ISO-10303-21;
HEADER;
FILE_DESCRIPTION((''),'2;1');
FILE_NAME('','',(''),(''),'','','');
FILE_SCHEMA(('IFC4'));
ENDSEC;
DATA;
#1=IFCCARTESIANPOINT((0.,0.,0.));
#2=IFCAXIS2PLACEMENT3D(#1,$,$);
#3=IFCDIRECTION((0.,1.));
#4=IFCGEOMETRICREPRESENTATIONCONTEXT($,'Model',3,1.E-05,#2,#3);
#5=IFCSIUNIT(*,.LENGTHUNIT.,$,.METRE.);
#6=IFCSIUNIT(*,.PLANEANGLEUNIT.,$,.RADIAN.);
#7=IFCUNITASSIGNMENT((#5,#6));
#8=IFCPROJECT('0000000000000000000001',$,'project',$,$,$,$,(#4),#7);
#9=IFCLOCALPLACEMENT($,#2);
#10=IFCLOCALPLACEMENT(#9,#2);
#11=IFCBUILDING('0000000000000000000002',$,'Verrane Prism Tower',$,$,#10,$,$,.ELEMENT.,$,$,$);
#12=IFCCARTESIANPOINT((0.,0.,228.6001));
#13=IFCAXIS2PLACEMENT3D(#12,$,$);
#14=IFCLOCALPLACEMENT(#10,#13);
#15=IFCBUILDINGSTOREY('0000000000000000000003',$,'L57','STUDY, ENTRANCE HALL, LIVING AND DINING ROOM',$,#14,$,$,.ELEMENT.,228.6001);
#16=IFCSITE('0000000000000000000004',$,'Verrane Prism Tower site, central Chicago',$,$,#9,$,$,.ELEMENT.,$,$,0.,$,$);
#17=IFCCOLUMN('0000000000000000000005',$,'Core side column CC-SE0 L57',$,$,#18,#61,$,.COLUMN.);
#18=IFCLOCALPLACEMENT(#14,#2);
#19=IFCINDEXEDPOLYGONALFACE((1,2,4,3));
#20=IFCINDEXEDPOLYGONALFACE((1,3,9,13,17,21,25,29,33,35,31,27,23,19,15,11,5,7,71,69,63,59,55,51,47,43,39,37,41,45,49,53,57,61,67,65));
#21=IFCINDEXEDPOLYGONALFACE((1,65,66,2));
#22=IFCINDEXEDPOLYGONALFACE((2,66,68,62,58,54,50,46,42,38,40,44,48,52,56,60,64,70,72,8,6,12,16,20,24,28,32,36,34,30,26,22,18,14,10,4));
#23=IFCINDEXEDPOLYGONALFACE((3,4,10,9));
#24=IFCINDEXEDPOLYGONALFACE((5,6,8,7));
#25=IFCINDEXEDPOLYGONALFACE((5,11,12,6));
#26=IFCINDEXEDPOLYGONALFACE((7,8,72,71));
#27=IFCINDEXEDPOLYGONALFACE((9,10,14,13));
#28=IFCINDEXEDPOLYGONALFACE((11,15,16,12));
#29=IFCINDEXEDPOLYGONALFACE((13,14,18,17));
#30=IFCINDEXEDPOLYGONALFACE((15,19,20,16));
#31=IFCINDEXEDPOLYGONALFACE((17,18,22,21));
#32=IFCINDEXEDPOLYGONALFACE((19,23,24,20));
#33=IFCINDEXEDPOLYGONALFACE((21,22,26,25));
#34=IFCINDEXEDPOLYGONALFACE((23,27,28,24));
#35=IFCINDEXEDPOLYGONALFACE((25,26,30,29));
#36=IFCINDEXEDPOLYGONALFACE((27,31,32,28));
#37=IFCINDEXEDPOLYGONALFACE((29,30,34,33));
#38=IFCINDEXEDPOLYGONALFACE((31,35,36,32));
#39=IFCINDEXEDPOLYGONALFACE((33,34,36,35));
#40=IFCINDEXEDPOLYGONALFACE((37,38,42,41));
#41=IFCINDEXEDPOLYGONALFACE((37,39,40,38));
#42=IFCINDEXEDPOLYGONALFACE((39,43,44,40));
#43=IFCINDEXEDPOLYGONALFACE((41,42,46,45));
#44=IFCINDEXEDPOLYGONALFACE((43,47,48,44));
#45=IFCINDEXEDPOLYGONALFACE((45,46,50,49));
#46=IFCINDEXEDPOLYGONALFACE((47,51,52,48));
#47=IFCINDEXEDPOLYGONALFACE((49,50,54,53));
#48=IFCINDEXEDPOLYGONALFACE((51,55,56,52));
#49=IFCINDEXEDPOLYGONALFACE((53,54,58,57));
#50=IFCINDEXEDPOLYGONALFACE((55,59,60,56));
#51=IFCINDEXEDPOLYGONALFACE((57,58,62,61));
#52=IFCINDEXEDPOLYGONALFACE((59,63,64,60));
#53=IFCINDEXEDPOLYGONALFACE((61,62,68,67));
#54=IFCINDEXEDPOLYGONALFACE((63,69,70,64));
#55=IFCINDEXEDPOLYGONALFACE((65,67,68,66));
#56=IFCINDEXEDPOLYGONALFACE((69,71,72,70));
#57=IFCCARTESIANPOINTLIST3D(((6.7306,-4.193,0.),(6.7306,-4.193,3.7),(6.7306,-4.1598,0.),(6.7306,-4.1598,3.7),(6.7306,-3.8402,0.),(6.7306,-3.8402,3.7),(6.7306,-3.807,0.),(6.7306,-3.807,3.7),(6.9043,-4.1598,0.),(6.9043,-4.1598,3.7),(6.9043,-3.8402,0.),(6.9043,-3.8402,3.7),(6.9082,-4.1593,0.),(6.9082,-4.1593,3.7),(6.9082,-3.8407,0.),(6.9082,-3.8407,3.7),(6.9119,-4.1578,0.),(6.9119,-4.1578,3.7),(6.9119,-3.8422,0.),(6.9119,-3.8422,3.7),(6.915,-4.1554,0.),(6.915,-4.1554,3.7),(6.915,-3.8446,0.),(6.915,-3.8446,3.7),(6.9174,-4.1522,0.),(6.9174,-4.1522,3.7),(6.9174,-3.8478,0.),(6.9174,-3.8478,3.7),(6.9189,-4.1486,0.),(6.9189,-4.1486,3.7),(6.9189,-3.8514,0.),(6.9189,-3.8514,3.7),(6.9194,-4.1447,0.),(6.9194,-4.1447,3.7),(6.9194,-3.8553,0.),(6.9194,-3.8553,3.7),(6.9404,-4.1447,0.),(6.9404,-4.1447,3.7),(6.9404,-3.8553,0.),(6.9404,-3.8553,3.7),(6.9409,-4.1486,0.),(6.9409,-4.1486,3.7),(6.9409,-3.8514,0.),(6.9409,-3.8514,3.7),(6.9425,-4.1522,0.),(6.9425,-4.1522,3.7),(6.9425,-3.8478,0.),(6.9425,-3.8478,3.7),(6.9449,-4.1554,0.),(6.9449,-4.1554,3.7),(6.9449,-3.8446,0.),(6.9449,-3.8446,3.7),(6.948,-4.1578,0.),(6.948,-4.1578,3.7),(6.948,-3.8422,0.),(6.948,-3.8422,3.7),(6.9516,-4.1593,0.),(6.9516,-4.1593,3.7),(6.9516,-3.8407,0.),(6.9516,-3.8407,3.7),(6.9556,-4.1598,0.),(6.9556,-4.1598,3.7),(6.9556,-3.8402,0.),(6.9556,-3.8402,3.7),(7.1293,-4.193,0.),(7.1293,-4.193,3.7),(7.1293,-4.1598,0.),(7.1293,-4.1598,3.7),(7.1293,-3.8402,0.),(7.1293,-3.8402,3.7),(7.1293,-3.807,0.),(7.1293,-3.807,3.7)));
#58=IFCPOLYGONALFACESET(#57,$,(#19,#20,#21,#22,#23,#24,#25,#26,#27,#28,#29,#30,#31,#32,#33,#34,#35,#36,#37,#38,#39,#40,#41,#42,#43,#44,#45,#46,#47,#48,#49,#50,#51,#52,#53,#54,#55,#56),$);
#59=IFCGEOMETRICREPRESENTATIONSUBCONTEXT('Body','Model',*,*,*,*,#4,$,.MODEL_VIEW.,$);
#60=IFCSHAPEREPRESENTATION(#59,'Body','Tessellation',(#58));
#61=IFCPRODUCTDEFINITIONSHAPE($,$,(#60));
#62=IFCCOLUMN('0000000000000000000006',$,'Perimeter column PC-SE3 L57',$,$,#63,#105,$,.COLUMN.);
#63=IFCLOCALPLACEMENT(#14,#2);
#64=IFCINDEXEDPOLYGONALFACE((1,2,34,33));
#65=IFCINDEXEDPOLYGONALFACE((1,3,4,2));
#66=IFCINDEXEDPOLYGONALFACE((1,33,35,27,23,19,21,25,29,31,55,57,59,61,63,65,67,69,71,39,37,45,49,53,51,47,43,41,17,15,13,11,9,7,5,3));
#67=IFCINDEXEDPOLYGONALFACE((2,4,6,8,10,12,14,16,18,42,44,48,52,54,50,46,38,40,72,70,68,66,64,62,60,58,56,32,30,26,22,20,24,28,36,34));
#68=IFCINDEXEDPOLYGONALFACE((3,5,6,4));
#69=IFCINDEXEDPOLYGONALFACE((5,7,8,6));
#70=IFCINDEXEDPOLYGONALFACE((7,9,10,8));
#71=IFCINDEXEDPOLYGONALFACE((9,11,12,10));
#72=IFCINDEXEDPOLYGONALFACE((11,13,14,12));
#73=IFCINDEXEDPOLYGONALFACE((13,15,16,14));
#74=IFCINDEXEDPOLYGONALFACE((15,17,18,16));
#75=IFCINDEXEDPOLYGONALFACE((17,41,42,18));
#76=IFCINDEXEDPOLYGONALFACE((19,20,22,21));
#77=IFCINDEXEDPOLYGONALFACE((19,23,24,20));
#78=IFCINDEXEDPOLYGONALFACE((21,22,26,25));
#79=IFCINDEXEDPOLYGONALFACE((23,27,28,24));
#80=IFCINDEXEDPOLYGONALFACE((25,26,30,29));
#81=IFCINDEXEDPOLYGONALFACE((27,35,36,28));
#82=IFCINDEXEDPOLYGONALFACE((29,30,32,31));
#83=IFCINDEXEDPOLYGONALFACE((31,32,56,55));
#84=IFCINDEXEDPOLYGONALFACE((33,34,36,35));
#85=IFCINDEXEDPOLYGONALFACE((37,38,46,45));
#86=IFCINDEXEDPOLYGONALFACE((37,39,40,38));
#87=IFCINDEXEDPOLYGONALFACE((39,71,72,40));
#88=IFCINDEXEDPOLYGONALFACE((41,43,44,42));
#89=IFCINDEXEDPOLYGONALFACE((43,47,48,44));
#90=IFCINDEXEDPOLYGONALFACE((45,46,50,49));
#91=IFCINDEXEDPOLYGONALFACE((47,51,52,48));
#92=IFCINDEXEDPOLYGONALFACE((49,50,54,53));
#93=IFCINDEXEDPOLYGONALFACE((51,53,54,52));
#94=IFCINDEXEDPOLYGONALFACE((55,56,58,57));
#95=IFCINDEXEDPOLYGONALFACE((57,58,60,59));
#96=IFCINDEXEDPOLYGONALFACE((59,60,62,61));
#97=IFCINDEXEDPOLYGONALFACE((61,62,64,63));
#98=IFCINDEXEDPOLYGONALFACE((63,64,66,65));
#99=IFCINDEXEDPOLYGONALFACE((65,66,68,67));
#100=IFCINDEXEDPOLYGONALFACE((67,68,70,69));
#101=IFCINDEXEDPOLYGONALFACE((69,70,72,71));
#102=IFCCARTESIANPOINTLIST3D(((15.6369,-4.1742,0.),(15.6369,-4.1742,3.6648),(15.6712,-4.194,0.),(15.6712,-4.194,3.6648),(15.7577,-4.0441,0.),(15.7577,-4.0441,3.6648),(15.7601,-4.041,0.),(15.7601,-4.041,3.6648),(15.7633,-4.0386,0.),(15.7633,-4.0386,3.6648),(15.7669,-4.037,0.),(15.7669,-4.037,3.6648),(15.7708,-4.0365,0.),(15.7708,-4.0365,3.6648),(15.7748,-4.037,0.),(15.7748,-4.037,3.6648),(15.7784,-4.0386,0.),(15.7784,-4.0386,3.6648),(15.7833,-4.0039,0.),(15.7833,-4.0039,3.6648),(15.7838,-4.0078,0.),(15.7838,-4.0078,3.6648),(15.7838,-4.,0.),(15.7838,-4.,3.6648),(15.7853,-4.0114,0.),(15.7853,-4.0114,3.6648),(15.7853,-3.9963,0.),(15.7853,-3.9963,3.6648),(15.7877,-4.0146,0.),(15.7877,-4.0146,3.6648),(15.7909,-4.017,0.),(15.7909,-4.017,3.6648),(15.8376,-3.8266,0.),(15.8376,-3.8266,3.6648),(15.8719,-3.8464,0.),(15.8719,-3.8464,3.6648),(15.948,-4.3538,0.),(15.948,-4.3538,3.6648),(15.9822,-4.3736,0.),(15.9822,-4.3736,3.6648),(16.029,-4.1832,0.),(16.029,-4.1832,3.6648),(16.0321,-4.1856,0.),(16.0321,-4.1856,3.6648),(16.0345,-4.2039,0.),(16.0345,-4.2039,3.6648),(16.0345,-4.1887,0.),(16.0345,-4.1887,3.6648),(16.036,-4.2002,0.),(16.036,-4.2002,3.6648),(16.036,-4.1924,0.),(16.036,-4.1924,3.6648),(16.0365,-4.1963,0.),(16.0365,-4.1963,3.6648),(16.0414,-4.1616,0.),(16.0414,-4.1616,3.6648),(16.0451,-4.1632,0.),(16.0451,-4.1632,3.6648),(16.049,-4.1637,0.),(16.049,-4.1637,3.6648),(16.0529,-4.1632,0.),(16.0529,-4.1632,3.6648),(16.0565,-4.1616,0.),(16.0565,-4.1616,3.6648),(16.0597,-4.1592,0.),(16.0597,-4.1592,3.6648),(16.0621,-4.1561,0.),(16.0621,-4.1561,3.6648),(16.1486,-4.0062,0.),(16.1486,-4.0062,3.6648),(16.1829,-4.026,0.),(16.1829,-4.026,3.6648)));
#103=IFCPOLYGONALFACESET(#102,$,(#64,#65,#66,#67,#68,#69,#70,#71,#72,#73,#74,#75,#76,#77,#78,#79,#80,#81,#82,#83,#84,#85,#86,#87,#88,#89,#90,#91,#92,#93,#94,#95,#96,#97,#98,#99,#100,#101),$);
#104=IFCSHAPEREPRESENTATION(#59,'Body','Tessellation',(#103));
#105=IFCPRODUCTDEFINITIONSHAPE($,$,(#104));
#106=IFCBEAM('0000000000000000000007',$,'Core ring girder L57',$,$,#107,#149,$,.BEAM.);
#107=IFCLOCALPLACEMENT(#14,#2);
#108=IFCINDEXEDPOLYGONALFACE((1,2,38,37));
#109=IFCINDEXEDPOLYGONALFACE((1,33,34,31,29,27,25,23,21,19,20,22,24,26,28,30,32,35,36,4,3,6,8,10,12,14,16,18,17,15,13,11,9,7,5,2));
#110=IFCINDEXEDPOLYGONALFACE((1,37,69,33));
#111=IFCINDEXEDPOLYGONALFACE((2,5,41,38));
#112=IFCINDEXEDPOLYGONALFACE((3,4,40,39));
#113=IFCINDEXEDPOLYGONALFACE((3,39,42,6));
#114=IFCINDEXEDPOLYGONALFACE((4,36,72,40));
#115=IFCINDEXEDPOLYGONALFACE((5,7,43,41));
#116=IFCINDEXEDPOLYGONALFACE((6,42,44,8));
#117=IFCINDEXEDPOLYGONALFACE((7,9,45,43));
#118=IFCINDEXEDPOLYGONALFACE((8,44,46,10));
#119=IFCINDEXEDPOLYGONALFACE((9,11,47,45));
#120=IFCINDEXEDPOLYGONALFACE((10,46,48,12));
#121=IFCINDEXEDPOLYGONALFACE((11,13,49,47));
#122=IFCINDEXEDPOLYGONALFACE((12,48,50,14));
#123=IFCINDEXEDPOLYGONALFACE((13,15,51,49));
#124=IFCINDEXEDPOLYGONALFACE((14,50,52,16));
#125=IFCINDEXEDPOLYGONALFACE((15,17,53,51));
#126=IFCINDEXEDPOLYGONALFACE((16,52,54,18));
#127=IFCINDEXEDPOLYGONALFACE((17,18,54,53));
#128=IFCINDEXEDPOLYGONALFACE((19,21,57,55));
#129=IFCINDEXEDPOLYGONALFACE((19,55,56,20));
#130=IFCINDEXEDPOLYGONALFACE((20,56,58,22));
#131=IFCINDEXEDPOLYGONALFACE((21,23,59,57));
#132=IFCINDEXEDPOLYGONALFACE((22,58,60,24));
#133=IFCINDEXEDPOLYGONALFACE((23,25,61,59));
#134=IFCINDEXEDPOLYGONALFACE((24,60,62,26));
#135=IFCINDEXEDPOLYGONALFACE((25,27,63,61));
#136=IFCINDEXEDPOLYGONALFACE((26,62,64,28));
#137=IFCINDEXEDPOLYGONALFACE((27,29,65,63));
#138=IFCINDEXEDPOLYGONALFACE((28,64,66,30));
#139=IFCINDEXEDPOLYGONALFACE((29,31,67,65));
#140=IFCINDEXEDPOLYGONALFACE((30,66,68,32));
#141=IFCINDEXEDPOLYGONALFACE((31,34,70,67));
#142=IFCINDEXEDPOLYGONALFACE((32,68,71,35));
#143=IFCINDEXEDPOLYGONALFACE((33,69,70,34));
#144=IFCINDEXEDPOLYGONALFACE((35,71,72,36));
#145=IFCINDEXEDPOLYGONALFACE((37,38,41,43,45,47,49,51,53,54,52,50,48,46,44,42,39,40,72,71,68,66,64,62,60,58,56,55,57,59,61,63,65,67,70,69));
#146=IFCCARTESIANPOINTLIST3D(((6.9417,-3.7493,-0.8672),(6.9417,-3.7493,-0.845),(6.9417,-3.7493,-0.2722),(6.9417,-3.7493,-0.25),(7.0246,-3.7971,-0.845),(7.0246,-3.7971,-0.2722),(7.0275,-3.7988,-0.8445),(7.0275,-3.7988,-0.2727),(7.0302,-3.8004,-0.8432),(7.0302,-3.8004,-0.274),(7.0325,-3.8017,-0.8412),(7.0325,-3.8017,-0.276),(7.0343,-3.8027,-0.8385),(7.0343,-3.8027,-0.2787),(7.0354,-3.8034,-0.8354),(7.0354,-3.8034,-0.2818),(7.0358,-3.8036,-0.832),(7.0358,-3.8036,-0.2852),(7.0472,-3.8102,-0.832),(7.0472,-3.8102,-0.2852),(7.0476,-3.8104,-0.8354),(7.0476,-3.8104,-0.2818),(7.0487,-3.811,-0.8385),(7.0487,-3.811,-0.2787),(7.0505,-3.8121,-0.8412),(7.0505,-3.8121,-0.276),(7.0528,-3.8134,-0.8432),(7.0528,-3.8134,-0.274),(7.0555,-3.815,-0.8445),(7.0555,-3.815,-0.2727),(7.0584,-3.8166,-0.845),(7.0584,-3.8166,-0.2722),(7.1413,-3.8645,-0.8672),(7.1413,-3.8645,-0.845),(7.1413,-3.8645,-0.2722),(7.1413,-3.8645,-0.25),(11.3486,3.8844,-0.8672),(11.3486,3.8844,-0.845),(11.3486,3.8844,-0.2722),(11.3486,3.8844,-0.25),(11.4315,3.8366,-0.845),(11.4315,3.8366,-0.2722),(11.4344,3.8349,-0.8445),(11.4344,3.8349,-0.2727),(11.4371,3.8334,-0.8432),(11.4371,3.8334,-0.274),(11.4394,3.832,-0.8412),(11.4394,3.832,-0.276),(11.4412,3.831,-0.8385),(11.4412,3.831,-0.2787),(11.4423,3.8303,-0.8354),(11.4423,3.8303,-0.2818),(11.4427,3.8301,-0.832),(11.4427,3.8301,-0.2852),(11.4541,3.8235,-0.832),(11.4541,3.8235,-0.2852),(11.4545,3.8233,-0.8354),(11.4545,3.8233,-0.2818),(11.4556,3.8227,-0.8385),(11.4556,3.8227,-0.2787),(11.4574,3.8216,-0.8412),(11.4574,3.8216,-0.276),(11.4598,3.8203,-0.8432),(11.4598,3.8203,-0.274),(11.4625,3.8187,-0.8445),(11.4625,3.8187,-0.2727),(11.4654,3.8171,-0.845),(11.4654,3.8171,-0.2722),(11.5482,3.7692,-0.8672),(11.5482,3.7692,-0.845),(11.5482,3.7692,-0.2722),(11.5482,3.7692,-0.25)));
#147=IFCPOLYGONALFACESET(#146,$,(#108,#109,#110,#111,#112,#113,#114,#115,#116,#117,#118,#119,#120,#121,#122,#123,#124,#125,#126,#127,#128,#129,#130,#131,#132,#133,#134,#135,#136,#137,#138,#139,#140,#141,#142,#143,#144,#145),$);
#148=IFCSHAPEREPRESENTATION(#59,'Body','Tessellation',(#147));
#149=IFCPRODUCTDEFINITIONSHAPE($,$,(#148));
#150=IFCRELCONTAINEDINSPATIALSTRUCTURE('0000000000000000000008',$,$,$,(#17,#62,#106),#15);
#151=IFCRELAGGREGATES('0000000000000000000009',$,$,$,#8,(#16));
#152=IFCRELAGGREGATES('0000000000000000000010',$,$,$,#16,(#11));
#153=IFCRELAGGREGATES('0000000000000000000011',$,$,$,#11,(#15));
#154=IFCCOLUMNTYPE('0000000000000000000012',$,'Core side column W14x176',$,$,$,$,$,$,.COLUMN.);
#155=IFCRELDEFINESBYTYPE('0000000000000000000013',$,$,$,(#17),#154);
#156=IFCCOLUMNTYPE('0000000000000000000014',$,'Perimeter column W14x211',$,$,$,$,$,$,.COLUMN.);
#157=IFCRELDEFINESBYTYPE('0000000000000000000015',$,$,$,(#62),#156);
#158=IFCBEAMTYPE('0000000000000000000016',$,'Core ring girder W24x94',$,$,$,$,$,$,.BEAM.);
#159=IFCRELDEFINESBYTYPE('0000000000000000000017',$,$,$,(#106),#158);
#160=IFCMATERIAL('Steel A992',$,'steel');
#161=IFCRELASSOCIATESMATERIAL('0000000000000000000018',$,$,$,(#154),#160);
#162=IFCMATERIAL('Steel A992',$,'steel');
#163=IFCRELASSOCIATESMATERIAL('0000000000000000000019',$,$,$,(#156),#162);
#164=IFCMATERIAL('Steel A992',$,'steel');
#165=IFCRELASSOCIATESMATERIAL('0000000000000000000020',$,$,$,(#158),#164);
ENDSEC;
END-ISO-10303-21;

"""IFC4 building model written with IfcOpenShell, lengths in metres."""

from ifc_helpers import new_model, si_unit, direction, frame, origin, origin_2d, place, context, subcontext, project, spatial, i_section, extrude, material, material_profile, profile_set, type_object, element, save


model = new_model("IFC4")

# Units and contexts
model_context = context("Model", 3, precision=1e-05, world=origin(), true_north=direction((0.0, 1.0)))
body_context = subcontext(model_context, "Body", "Model", "MODEL_VIEW")
ifc_project = project(units=[si_unit("LENGTHUNIT", "METRE"), si_unit("PLANEANGLEUNIT", "RADIAN")], contexts=[model_context])

# Site, building, storey
site_placement = place(None, origin())
site = spatial("IfcSite", under=ifc_project, at=site_placement, Name="Verrane Prism Tower site, central Chicago", CompositionType="ELEMENT", RefElevation=0.0)
building_placement = place(site_placement, origin())
building = spatial("IfcBuilding", under=site, at=building_placement, Name="Verrane Prism Tower", CompositionType="ELEMENT")
storey_placement = place(building_placement, frame((0.0, 0.0, 228.6001)))
storey = spatial("IfcBuildingStorey", under=building, at=storey_placement, Name="L57", Description="STUDY, ENTRANCE HALL, LIVING AND DINING ROOM", CompositionType="ELEMENT", Elevation=228.6001)

# Columns
ifc_material_1 = material(Name="Steel A992", Category="steel")
ifc_material_profile_1 = material_profile(ifc_material_1, i_section(OverallWidth=0.3987, OverallDepth=0.386, WebThickness=0.021, FlangeThickness=0.0332, FilletRadius=0.0151, at=origin_2d()), Name="W14x176")
ifc_profile_set_1 = profile_set([ifc_material_profile_1], Name="Steel A992")
column_type_1 = type_object("IfcColumnType", Name="Core side column W14x176", PredefinedType="COLUMN", material=ifc_profile_set_1)
column_1_placement = place(storey_placement, frame((6.9299, -4.0, 0.0), z_axis=(0.0, 0.0, 1.0), x_axis=(1.0, 0.0, 0.0)))
element("IfcColumn", 1, at=column_1_placement, inside=storey, type_object=column_type_1, Name="Core side column CC-SE0 L57", PredefinedType="COLUMN", context=body_context, shape_type="SweptSolid", body=[
    extrude(i_section(OverallWidth=0.3987, OverallDepth=0.386, WebThickness=0.021, FlangeThickness=0.0332, FilletRadius=0.0151, at=origin_2d()), origin(), (0.0, 0.0, 1.0), 3.7),
])
ifc_material_2 = material(Name="Steel A992", Category="steel")
ifc_material_profile_2 = material_profile(ifc_material_2, i_section(OverallWidth=0.4014, OverallDepth=0.3987, WebThickness=0.0249, FlangeThickness=0.0396, FilletRadius=0.0151, at=origin_2d()), Name="W14x211")
ifc_profile_set_2 = profile_set([ifc_material_profile_2], Name="Steel A992")
column_type_2 = type_object("IfcColumnType", Name="Perimeter column W14x211", PredefinedType="COLUMN", material=ifc_profile_set_2)
column_2_placement = place(storey_placement, frame((15.9099, -4.1001, 0.0), z_axis=(0.0, 0.0, 1.0), x_axis=(-0.5, -0.866025, 0.0)))
element("IfcColumn", 2, at=column_2_placement, inside=storey, type_object=column_type_2, Name="Perimeter column PC-SE3 L57", PredefinedType="COLUMN", context=body_context, shape_type="SweptSolid", body=[
    extrude(i_section(OverallWidth=0.4014, OverallDepth=0.3987, WebThickness=0.0249, FlangeThickness=0.0396, FilletRadius=0.0151, at=origin_2d()), origin(), (0.0, 0.0, 1.0), 3.6648),
])

# Beam
ifc_material_3 = material(Name="Steel A992", Category="steel")
ifc_material_profile_3 = material_profile(ifc_material_3, i_section(OverallWidth=0.2305, OverallDepth=0.6172, WebThickness=0.0132, FlangeThickness=0.0222, FilletRadius=0.0129, at=origin_2d()), Name="W24x94")
ifc_profile_set_3 = profile_set([ifc_material_profile_3], Name="Steel A992")
beam_type_1 = type_object("IfcBeamType", Name="Core ring girder W24x94", PredefinedType="BEAM", material=ifc_profile_set_3)
beam_1_placement = place(storey_placement, frame((7.0415, -3.8069, -0.5586), z_axis=(0.499967, 0.866044, 0.0), x_axis=(-0.866044, 0.499967, 0.0)))
element("IfcBeam", 3, at=beam_1_placement, inside=storey, type_object=beam_type_1, Name="Core ring girder L57", PredefinedType="BEAM", context=body_context, shape_type="SweptSolid", body=[
    extrude(i_section(OverallWidth=0.2305, OverallDepth=0.6172, WebThickness=0.0132, FlangeThickness=0.0222, FilletRadius=0.0129, at=origin_2d()), origin(), (0.0, 0.0, 1.0), 8.8145),
])

save(model, "model.ifc")
